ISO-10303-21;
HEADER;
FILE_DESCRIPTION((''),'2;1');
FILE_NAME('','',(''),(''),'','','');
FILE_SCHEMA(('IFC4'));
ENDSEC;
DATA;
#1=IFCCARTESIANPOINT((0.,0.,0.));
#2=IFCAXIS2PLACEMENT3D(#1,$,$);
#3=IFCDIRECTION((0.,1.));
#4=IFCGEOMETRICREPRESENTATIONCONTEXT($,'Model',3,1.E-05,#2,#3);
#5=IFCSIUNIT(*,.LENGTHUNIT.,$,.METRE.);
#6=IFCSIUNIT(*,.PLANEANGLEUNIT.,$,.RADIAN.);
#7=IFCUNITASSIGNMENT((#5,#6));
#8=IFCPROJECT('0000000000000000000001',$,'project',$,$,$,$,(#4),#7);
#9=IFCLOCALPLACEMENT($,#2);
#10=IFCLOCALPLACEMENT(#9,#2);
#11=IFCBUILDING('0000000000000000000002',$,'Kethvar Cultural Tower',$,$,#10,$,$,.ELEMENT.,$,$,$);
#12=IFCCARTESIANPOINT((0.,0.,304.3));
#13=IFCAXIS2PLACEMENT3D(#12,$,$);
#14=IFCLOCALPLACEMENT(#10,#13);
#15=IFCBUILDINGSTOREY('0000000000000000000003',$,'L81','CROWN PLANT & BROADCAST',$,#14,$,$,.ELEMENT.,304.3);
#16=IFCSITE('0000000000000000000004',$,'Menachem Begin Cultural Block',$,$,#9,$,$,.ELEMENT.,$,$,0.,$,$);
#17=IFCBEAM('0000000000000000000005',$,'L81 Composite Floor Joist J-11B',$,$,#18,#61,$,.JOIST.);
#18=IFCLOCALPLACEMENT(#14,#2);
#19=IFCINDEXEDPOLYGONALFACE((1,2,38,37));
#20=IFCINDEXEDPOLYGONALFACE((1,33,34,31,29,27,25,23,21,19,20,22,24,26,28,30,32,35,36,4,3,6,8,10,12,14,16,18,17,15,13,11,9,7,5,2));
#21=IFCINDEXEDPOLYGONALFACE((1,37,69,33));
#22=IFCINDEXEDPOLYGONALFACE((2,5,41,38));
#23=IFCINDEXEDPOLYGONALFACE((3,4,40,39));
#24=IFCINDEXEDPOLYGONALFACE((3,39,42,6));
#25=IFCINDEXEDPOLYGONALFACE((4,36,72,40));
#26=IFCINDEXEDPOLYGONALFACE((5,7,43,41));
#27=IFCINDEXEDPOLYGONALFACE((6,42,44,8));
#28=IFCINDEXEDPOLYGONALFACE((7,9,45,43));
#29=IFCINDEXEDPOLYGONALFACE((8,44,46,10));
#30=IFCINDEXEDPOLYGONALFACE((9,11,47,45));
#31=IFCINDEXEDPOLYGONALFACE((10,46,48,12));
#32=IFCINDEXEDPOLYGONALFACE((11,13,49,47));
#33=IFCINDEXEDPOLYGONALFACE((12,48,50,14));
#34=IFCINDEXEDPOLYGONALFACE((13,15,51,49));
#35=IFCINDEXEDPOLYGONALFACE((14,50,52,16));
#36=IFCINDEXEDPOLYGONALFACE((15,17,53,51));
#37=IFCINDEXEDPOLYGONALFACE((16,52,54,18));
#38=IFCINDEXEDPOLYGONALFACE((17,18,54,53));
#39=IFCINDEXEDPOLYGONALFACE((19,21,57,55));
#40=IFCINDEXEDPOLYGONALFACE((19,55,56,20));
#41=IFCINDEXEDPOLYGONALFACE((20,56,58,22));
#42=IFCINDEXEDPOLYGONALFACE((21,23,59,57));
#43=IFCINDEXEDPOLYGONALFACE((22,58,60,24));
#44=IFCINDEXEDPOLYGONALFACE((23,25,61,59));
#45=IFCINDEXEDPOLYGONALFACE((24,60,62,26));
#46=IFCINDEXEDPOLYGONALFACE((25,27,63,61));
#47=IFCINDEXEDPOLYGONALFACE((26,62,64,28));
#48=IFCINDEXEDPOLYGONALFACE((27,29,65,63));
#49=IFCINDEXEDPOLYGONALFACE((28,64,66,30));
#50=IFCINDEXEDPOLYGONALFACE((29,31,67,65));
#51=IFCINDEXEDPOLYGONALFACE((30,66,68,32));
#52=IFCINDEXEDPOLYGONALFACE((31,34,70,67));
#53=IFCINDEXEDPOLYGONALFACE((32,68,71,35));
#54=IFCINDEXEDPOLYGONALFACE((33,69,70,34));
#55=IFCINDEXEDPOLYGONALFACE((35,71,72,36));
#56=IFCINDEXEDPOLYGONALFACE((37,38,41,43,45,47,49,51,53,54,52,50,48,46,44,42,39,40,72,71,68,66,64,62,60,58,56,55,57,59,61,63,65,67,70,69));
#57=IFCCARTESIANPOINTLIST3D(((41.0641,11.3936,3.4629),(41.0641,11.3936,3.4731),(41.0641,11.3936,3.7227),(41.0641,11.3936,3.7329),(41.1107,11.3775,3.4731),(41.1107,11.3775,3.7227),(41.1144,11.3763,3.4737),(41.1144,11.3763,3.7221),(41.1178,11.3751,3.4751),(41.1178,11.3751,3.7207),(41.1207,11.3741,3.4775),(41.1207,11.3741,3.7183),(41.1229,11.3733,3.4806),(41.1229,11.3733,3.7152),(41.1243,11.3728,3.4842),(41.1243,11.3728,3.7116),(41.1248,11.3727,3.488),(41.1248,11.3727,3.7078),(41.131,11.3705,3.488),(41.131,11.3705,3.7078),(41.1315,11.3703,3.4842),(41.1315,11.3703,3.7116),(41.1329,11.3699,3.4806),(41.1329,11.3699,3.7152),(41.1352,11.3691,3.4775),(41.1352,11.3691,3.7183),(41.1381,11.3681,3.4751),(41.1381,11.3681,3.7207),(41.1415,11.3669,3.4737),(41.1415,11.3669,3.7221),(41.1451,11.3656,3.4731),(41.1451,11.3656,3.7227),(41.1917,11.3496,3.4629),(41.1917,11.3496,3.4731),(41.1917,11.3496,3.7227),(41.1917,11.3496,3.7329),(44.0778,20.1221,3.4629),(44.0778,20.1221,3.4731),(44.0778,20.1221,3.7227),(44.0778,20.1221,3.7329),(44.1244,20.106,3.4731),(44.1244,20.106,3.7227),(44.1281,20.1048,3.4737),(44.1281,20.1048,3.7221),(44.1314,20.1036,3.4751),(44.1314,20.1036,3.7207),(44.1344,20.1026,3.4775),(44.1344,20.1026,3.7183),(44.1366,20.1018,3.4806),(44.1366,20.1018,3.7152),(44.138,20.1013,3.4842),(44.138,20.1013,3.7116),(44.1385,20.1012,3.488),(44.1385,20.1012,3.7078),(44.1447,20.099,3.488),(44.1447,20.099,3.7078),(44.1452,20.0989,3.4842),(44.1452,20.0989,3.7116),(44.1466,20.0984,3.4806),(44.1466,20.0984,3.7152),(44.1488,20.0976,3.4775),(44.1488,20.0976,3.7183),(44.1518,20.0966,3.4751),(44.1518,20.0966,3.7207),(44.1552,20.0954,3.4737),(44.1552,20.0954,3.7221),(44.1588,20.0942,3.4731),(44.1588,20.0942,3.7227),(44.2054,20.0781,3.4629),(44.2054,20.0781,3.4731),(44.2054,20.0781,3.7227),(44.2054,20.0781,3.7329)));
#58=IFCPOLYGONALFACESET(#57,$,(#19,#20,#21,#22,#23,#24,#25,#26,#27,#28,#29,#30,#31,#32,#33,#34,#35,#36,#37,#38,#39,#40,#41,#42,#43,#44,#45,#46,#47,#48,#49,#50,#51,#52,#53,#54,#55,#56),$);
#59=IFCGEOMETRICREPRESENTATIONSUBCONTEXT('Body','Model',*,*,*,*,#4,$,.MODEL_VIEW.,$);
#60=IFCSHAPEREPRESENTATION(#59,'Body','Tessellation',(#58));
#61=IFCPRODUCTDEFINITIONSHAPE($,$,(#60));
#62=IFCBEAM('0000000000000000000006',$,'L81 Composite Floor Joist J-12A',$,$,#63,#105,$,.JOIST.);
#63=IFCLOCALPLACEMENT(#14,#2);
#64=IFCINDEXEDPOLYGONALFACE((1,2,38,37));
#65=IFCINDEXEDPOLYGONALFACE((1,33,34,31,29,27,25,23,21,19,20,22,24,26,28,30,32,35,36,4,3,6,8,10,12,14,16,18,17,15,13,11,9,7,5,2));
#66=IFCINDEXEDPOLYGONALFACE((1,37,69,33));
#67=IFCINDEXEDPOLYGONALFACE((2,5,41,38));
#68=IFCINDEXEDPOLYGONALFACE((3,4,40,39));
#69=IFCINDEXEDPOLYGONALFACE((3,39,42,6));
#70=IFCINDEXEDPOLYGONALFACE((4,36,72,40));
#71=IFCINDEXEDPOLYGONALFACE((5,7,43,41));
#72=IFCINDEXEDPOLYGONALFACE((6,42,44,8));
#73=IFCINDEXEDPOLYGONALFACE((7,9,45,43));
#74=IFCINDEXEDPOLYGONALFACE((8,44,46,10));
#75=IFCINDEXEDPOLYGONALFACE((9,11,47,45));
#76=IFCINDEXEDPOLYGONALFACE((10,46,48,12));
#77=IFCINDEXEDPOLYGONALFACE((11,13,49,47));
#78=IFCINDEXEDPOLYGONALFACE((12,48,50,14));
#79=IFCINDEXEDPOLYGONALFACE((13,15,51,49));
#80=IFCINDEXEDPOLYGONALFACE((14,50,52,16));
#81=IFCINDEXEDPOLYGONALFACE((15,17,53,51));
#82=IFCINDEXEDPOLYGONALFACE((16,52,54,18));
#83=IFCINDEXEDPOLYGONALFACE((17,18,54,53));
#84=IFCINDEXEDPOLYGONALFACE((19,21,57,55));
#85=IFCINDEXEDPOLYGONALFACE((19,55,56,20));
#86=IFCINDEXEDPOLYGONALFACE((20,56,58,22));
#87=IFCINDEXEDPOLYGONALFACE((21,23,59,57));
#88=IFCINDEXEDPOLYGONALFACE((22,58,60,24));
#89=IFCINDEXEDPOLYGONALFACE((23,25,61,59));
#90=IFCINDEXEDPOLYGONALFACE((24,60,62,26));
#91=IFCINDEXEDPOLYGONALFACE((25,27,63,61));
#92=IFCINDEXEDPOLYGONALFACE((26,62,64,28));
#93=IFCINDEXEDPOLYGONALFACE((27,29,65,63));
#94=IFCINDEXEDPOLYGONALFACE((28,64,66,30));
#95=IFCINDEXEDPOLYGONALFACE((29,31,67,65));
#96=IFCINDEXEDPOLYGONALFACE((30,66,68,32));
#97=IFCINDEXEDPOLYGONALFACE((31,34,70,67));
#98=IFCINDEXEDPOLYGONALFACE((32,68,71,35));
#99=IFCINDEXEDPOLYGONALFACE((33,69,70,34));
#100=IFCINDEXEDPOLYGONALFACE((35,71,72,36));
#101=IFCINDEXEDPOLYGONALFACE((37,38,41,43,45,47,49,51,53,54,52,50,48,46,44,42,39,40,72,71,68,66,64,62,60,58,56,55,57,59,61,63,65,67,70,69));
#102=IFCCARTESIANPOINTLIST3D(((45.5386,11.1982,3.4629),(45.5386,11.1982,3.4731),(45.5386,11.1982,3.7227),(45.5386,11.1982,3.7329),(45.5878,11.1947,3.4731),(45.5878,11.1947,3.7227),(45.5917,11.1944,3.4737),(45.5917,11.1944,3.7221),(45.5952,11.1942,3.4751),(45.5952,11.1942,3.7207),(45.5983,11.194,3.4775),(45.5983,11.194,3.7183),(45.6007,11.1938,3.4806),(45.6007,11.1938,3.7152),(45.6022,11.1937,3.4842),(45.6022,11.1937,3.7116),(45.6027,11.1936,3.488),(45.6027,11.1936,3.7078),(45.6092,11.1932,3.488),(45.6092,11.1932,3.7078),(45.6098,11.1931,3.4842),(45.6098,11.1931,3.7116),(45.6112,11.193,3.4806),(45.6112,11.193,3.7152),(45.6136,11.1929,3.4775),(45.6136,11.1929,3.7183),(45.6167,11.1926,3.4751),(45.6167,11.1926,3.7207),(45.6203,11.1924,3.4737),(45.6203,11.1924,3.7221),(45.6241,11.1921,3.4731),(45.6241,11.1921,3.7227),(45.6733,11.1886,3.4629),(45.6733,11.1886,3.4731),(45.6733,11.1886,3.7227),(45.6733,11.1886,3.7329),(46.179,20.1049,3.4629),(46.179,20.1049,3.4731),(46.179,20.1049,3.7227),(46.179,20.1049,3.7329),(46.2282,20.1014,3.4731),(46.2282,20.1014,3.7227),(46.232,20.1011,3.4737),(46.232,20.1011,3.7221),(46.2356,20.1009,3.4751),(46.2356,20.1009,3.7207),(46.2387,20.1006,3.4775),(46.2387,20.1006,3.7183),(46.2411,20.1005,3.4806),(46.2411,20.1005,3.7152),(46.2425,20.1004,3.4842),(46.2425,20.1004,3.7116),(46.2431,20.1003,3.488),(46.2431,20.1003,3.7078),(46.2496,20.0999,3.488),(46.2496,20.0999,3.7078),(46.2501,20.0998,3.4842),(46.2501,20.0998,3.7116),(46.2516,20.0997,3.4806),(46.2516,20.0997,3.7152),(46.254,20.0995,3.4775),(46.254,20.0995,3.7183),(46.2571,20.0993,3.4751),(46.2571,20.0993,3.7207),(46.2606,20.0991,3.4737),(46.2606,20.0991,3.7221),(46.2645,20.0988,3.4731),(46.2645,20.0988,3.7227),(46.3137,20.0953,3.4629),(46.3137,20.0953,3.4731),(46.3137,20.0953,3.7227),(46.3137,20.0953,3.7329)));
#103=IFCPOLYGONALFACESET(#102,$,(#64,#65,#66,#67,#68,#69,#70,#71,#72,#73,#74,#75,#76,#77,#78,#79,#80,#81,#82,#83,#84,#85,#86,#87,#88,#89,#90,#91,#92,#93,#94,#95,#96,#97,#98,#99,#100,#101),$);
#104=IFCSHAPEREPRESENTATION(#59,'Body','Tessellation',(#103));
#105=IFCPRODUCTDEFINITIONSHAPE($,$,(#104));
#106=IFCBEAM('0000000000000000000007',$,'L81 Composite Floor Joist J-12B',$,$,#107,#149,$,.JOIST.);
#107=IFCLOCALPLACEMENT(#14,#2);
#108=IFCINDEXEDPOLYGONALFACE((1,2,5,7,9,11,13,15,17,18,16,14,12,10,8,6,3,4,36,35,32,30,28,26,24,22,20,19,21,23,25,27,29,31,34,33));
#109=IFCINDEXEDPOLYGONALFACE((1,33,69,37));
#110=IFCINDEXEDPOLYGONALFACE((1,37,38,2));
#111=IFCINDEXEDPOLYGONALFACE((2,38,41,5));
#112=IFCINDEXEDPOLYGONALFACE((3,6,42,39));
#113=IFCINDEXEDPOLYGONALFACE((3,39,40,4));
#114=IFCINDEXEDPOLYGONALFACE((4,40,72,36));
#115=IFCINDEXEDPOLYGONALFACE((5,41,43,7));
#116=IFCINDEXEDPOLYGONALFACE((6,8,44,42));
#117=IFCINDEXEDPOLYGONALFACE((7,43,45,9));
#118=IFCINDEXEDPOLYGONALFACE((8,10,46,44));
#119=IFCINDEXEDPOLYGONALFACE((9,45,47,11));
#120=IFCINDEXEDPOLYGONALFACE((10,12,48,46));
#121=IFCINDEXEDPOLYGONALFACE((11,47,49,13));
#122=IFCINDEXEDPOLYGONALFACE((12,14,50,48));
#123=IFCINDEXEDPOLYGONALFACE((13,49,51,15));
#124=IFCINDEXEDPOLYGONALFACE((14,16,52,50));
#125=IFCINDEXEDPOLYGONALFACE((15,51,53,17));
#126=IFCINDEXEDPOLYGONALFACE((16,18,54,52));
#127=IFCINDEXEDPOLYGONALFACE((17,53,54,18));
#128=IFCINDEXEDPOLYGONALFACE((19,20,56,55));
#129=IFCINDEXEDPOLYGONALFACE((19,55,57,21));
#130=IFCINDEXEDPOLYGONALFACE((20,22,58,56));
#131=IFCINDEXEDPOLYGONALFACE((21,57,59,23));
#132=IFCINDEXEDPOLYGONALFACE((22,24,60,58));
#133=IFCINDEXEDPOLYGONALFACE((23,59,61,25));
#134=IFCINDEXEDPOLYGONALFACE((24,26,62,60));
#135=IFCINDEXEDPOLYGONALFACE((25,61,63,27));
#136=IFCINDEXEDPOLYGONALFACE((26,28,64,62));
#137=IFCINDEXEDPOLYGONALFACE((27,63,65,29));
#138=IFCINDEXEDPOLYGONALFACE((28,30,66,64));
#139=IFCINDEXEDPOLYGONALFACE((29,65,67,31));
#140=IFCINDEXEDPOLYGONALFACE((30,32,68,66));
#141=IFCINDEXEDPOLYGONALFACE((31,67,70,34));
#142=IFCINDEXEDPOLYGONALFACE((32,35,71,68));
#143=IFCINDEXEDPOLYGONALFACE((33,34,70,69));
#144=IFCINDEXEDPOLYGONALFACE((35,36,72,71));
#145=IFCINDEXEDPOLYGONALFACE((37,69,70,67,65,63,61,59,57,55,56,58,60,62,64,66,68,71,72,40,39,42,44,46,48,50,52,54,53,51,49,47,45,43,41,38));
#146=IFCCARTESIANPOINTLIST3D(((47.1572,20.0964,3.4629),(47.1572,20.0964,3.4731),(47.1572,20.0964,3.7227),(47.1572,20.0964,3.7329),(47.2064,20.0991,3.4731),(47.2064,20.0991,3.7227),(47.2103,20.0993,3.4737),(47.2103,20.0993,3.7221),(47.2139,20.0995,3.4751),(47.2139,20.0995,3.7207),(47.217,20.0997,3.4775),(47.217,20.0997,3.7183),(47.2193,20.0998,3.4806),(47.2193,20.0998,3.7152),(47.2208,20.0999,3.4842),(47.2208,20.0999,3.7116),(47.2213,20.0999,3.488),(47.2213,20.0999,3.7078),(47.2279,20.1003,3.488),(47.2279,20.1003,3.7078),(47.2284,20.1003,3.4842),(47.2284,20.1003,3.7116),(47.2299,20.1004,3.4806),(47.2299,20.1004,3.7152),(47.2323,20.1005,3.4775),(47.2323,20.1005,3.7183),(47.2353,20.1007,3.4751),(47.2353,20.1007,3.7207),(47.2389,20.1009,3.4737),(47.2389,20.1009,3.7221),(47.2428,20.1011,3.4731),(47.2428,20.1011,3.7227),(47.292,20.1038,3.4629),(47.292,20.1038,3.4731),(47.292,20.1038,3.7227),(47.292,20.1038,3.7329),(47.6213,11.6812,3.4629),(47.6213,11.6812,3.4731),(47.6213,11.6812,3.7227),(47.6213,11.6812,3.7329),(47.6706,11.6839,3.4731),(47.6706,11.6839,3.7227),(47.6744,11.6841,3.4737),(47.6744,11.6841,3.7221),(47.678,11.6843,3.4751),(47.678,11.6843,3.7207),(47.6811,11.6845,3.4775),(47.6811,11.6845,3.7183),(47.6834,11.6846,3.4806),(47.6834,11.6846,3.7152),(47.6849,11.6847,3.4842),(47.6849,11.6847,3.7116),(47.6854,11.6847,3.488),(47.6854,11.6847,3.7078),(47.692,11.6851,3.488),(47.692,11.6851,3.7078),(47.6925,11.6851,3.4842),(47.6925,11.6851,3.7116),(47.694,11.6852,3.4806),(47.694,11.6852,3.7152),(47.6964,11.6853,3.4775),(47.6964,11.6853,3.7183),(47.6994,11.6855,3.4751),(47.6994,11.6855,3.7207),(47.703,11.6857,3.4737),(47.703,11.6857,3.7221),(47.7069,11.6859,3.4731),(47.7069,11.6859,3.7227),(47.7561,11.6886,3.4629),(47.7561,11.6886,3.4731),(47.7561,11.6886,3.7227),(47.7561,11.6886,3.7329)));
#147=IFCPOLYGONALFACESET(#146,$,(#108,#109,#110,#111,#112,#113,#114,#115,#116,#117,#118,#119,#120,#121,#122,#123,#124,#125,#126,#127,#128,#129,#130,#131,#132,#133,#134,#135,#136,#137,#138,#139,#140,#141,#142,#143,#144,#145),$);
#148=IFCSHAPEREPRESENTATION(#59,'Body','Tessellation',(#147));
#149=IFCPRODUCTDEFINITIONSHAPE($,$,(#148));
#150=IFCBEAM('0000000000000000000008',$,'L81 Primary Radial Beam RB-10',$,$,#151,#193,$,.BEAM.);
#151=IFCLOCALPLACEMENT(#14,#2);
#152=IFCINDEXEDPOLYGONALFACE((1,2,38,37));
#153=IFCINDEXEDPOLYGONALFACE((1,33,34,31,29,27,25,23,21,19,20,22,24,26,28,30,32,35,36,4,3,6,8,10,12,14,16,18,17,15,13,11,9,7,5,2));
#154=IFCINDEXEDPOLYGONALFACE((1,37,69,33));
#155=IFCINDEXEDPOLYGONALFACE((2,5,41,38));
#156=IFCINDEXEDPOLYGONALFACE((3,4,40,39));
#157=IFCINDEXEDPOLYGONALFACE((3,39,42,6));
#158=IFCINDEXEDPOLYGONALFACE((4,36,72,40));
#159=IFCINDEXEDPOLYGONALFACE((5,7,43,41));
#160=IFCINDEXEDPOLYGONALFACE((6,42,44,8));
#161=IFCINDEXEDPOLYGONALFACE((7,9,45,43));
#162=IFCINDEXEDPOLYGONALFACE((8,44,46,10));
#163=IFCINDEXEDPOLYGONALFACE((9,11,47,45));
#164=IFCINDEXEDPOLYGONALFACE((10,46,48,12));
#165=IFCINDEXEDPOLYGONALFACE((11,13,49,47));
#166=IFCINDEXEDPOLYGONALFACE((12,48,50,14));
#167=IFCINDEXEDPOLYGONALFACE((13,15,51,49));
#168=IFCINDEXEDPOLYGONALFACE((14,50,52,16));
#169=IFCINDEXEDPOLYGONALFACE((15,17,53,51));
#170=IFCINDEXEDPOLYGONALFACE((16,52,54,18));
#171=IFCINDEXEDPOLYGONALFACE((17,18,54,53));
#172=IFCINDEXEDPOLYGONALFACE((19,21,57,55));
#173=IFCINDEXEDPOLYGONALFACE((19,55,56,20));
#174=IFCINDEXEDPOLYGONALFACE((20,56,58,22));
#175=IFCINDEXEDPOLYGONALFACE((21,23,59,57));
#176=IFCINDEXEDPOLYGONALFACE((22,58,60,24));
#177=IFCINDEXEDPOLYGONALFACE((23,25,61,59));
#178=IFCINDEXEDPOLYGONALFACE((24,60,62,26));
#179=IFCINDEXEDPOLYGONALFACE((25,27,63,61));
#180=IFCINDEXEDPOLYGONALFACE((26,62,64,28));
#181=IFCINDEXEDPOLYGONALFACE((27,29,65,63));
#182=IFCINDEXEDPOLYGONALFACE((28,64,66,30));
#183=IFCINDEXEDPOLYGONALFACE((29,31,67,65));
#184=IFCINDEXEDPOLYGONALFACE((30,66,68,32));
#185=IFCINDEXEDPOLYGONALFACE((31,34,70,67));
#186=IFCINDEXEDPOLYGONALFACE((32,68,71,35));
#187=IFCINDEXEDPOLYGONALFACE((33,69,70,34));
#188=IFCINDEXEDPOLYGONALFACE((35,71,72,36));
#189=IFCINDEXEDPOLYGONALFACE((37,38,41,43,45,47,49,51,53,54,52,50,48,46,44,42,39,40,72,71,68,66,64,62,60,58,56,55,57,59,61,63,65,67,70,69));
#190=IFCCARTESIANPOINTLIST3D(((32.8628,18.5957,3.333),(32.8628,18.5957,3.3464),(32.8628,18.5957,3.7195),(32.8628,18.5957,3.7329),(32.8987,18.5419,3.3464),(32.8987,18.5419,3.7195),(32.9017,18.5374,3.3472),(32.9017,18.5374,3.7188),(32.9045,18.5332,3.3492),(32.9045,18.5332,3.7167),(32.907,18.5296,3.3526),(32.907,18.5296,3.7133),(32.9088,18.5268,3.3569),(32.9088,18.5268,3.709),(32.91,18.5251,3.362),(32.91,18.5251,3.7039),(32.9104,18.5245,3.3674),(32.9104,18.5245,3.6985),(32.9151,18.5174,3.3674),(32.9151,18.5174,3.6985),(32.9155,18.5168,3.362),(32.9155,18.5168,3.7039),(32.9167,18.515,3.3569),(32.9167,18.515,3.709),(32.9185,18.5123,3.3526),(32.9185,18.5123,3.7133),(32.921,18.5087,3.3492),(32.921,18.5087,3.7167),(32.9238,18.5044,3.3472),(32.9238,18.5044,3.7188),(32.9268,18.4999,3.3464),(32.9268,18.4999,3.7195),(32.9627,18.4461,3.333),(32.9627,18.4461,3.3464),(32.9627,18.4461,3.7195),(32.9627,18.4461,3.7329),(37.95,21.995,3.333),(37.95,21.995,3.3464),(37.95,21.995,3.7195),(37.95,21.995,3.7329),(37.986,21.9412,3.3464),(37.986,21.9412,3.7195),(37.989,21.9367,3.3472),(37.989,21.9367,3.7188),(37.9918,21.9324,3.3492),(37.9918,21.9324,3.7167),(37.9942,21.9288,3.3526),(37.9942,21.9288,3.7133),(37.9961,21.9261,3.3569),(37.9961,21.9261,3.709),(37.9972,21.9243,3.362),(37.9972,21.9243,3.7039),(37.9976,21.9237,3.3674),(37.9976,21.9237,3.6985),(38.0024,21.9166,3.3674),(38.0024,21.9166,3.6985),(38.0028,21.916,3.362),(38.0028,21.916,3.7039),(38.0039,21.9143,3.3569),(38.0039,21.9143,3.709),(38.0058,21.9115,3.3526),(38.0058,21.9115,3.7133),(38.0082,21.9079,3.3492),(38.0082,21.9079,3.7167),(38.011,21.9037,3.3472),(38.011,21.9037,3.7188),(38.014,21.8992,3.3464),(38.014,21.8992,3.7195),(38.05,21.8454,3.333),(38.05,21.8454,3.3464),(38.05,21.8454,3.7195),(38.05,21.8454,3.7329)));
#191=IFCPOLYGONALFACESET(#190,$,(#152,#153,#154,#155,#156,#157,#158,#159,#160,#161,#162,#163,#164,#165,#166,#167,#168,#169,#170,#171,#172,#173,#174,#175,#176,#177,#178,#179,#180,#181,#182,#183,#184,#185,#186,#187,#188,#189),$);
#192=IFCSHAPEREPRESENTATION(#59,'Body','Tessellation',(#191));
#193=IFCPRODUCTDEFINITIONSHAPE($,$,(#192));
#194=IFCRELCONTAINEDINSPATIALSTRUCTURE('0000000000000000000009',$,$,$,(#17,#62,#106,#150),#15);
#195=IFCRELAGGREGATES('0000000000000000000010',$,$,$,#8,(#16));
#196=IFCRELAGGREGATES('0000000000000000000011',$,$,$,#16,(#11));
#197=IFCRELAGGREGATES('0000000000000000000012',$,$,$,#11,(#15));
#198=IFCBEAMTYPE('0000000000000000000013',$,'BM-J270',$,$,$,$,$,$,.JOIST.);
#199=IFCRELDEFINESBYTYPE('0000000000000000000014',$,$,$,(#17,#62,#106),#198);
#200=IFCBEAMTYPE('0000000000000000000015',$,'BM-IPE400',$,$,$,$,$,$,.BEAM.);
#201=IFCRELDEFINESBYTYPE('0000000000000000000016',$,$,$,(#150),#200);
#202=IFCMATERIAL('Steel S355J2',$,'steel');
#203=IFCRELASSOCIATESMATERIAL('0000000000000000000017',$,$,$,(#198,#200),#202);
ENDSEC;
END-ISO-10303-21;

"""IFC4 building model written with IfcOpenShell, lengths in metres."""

from ifc_helpers import new_model, si_unit, direction, frame, origin, origin_2d, place, context, subcontext, project, spatial, i_section, extrude, source, transform, mapped, material, material_profile, profile_set, type_object, element, save


model = new_model("IFC4")

# Units and contexts
model_context = context("Model", 3, precision=1e-05, world=origin(), true_north=direction((0.0, 1.0)))
body_context = subcontext(model_context, "Body", "Model", "MODEL_VIEW")
ifc_project = project(units=[si_unit("LENGTHUNIT", "METRE"), si_unit("PLANEANGLEUNIT", "RADIAN")], contexts=[model_context])

# Site, building, storey
site_placement = place(None, origin())
site = spatial("IfcSite", under=ifc_project, at=site_placement, Name="Menachem Begin Cultural Block", CompositionType="ELEMENT", RefElevation=0.0)
building_placement = place(site_placement, origin())
building = spatial("IfcBuilding", under=site, at=building_placement, Name="Kethvar Cultural Tower", CompositionType="ELEMENT")
storey_placement = place(building_placement, frame((0.0, 0.0, 304.3)))
storey = spatial("IfcBuildingStorey", under=building, at=storey_placement, Name="L81", Description="CROWN PLANT & BROADCAST", CompositionType="ELEMENT", Elevation=304.3)

# Beams
ifc_material_1 = material(Name="Steel S355J2", Category="steel")
ifc_material_profile_1 = material_profile(ifc_material_1, i_section(OverallWidth=0.135, OverallDepth=0.27, WebThickness=0.0066, FlangeThickness=0.0103, FilletRadius=0.0149, at=origin_2d()), Name="Steel S355J2 — IPE270")
ifc_profile_set_1 = profile_set([ifc_material_profile_1], Name="Steel S355J2 — IPE270")
beam_type_1 = type_object("IfcBeamType", Name="BM-J270", PredefinedType="JOIST", material=ifc_profile_set_1)
shared_shape_1 = source(origin(), body_context, "Body", "SweptSolid", [
    extrude(i_section(OverallWidth=0.135, OverallDepth=0.27, WebThickness=0.0066, FlangeThickness=0.0103, FilletRadius=0.0149, at=origin_2d()), origin(), (0.0, 0.0, 1.0), 9.2341),
])
beam_1_placement = place(storey_placement, frame((44.1416, 20.1001, 3.5979), z_axis=(-0.326362, -0.945245, 0.0), x_axis=(0.945245, -0.326362, 0.0)))
element("IfcBeam", 1, at=beam_1_placement, inside=storey, type_object=beam_type_1, Name="L81 Composite Floor Joist J-11B", PredefinedType="JOIST", context=body_context, shape_type="MappedRepresentation", body=[
    mapped(shared_shape_1, transform((0.0, 0.0, 0.0), scale=1.0)),
])
shared_shape_2 = source(origin(), body_context, "Body", "SweptSolid", [
    extrude(i_section(OverallWidth=0.135, OverallDepth=0.27, WebThickness=0.0066, FlangeThickness=0.0103, FilletRadius=0.0149, at=origin_2d()), origin(), (0.0, 0.0, 1.0), 8.9297),
])
beam_2_placement = place(storey_placement, frame((46.2463, 20.1001, 3.5979), z_axis=(-0.071713, -0.997425, 0.0), x_axis=(0.997425, -0.071713, 0.0)))
element("IfcBeam", 2, at=beam_2_placement, inside=storey, type_object=beam_type_1, Name="L81 Composite Floor Joist J-12A", PredefinedType="JOIST", context=body_context, shape_type="MappedRepresentation", body=[
    mapped(shared_shape_2, transform((0.0, 0.0, 0.0), scale=1.0)),
])
shared_shape_3 = source(origin(), body_context, "Body", "SweptSolid", [
    extrude(i_section(OverallWidth=0.135, OverallDepth=0.27, WebThickness=0.0066, FlangeThickness=0.0103, FilletRadius=0.0149, at=origin_2d()), origin(), (0.0, 0.0, 1.0), 8.428),
])
beam_3_placement = place(storey_placement, frame((47.2246, 20.1001, 3.5979), z_axis=(0.055067, -0.998483, 0.0), x_axis=(0.998483, 0.055067, 0.0)))
element("IfcBeam", 3, at=beam_3_placement, inside=storey, type_object=beam_type_1, Name="L81 Composite Floor Joist J-12B", PredefinedType="JOIST", context=body_context, shape_type="MappedRepresentation", body=[
    mapped(shared_shape_3, transform((0.0, 0.0, 0.0), scale=1.0)),
])
ifc_material_profile_2 = material_profile(ifc_material_1, i_section(OverallWidth=0.1799, OverallDepth=0.3999, WebThickness=0.0085, FlangeThickness=0.0134, FilletRadius=0.021, at=origin_2d()), Name="Steel S355J2 — IPE400")
ifc_profile_set_2 = profile_set([ifc_material_profile_2], Name="Steel S355J2 — IPE400")
beam_type_2 = type_object("IfcBeamType", Name="BM-IPE400", PredefinedType="BEAM", material=ifc_profile_set_2)
shared_shape_4 = source(origin(), body_context, "Body", "SweptSolid", [
    extrude(i_section(OverallWidth=0.1799, OverallDepth=0.3999, WebThickness=0.0085, FlangeThickness=0.0134, FilletRadius=0.021, at=origin_2d()), origin(), (0.0, 0.0, 1.0), 6.1184),
])
beam_4_placement = place(storey_placement, frame((38.0, 21.9202, 3.533), z_axis=(-0.831467, -0.555575, 0.0), x_axis=(0.555575, -0.831467, 0.0)))
element("IfcBeam", 4, at=beam_4_placement, inside=storey, type_object=beam_type_2, Name="L81 Primary Radial Beam RB-10", PredefinedType="BEAM", context=body_context, shape_type="MappedRepresentation", body=[
    mapped(shared_shape_4, transform((0.0, 0.0, 0.0), scale=1.0)),
])

save(model, "model.ifc")
